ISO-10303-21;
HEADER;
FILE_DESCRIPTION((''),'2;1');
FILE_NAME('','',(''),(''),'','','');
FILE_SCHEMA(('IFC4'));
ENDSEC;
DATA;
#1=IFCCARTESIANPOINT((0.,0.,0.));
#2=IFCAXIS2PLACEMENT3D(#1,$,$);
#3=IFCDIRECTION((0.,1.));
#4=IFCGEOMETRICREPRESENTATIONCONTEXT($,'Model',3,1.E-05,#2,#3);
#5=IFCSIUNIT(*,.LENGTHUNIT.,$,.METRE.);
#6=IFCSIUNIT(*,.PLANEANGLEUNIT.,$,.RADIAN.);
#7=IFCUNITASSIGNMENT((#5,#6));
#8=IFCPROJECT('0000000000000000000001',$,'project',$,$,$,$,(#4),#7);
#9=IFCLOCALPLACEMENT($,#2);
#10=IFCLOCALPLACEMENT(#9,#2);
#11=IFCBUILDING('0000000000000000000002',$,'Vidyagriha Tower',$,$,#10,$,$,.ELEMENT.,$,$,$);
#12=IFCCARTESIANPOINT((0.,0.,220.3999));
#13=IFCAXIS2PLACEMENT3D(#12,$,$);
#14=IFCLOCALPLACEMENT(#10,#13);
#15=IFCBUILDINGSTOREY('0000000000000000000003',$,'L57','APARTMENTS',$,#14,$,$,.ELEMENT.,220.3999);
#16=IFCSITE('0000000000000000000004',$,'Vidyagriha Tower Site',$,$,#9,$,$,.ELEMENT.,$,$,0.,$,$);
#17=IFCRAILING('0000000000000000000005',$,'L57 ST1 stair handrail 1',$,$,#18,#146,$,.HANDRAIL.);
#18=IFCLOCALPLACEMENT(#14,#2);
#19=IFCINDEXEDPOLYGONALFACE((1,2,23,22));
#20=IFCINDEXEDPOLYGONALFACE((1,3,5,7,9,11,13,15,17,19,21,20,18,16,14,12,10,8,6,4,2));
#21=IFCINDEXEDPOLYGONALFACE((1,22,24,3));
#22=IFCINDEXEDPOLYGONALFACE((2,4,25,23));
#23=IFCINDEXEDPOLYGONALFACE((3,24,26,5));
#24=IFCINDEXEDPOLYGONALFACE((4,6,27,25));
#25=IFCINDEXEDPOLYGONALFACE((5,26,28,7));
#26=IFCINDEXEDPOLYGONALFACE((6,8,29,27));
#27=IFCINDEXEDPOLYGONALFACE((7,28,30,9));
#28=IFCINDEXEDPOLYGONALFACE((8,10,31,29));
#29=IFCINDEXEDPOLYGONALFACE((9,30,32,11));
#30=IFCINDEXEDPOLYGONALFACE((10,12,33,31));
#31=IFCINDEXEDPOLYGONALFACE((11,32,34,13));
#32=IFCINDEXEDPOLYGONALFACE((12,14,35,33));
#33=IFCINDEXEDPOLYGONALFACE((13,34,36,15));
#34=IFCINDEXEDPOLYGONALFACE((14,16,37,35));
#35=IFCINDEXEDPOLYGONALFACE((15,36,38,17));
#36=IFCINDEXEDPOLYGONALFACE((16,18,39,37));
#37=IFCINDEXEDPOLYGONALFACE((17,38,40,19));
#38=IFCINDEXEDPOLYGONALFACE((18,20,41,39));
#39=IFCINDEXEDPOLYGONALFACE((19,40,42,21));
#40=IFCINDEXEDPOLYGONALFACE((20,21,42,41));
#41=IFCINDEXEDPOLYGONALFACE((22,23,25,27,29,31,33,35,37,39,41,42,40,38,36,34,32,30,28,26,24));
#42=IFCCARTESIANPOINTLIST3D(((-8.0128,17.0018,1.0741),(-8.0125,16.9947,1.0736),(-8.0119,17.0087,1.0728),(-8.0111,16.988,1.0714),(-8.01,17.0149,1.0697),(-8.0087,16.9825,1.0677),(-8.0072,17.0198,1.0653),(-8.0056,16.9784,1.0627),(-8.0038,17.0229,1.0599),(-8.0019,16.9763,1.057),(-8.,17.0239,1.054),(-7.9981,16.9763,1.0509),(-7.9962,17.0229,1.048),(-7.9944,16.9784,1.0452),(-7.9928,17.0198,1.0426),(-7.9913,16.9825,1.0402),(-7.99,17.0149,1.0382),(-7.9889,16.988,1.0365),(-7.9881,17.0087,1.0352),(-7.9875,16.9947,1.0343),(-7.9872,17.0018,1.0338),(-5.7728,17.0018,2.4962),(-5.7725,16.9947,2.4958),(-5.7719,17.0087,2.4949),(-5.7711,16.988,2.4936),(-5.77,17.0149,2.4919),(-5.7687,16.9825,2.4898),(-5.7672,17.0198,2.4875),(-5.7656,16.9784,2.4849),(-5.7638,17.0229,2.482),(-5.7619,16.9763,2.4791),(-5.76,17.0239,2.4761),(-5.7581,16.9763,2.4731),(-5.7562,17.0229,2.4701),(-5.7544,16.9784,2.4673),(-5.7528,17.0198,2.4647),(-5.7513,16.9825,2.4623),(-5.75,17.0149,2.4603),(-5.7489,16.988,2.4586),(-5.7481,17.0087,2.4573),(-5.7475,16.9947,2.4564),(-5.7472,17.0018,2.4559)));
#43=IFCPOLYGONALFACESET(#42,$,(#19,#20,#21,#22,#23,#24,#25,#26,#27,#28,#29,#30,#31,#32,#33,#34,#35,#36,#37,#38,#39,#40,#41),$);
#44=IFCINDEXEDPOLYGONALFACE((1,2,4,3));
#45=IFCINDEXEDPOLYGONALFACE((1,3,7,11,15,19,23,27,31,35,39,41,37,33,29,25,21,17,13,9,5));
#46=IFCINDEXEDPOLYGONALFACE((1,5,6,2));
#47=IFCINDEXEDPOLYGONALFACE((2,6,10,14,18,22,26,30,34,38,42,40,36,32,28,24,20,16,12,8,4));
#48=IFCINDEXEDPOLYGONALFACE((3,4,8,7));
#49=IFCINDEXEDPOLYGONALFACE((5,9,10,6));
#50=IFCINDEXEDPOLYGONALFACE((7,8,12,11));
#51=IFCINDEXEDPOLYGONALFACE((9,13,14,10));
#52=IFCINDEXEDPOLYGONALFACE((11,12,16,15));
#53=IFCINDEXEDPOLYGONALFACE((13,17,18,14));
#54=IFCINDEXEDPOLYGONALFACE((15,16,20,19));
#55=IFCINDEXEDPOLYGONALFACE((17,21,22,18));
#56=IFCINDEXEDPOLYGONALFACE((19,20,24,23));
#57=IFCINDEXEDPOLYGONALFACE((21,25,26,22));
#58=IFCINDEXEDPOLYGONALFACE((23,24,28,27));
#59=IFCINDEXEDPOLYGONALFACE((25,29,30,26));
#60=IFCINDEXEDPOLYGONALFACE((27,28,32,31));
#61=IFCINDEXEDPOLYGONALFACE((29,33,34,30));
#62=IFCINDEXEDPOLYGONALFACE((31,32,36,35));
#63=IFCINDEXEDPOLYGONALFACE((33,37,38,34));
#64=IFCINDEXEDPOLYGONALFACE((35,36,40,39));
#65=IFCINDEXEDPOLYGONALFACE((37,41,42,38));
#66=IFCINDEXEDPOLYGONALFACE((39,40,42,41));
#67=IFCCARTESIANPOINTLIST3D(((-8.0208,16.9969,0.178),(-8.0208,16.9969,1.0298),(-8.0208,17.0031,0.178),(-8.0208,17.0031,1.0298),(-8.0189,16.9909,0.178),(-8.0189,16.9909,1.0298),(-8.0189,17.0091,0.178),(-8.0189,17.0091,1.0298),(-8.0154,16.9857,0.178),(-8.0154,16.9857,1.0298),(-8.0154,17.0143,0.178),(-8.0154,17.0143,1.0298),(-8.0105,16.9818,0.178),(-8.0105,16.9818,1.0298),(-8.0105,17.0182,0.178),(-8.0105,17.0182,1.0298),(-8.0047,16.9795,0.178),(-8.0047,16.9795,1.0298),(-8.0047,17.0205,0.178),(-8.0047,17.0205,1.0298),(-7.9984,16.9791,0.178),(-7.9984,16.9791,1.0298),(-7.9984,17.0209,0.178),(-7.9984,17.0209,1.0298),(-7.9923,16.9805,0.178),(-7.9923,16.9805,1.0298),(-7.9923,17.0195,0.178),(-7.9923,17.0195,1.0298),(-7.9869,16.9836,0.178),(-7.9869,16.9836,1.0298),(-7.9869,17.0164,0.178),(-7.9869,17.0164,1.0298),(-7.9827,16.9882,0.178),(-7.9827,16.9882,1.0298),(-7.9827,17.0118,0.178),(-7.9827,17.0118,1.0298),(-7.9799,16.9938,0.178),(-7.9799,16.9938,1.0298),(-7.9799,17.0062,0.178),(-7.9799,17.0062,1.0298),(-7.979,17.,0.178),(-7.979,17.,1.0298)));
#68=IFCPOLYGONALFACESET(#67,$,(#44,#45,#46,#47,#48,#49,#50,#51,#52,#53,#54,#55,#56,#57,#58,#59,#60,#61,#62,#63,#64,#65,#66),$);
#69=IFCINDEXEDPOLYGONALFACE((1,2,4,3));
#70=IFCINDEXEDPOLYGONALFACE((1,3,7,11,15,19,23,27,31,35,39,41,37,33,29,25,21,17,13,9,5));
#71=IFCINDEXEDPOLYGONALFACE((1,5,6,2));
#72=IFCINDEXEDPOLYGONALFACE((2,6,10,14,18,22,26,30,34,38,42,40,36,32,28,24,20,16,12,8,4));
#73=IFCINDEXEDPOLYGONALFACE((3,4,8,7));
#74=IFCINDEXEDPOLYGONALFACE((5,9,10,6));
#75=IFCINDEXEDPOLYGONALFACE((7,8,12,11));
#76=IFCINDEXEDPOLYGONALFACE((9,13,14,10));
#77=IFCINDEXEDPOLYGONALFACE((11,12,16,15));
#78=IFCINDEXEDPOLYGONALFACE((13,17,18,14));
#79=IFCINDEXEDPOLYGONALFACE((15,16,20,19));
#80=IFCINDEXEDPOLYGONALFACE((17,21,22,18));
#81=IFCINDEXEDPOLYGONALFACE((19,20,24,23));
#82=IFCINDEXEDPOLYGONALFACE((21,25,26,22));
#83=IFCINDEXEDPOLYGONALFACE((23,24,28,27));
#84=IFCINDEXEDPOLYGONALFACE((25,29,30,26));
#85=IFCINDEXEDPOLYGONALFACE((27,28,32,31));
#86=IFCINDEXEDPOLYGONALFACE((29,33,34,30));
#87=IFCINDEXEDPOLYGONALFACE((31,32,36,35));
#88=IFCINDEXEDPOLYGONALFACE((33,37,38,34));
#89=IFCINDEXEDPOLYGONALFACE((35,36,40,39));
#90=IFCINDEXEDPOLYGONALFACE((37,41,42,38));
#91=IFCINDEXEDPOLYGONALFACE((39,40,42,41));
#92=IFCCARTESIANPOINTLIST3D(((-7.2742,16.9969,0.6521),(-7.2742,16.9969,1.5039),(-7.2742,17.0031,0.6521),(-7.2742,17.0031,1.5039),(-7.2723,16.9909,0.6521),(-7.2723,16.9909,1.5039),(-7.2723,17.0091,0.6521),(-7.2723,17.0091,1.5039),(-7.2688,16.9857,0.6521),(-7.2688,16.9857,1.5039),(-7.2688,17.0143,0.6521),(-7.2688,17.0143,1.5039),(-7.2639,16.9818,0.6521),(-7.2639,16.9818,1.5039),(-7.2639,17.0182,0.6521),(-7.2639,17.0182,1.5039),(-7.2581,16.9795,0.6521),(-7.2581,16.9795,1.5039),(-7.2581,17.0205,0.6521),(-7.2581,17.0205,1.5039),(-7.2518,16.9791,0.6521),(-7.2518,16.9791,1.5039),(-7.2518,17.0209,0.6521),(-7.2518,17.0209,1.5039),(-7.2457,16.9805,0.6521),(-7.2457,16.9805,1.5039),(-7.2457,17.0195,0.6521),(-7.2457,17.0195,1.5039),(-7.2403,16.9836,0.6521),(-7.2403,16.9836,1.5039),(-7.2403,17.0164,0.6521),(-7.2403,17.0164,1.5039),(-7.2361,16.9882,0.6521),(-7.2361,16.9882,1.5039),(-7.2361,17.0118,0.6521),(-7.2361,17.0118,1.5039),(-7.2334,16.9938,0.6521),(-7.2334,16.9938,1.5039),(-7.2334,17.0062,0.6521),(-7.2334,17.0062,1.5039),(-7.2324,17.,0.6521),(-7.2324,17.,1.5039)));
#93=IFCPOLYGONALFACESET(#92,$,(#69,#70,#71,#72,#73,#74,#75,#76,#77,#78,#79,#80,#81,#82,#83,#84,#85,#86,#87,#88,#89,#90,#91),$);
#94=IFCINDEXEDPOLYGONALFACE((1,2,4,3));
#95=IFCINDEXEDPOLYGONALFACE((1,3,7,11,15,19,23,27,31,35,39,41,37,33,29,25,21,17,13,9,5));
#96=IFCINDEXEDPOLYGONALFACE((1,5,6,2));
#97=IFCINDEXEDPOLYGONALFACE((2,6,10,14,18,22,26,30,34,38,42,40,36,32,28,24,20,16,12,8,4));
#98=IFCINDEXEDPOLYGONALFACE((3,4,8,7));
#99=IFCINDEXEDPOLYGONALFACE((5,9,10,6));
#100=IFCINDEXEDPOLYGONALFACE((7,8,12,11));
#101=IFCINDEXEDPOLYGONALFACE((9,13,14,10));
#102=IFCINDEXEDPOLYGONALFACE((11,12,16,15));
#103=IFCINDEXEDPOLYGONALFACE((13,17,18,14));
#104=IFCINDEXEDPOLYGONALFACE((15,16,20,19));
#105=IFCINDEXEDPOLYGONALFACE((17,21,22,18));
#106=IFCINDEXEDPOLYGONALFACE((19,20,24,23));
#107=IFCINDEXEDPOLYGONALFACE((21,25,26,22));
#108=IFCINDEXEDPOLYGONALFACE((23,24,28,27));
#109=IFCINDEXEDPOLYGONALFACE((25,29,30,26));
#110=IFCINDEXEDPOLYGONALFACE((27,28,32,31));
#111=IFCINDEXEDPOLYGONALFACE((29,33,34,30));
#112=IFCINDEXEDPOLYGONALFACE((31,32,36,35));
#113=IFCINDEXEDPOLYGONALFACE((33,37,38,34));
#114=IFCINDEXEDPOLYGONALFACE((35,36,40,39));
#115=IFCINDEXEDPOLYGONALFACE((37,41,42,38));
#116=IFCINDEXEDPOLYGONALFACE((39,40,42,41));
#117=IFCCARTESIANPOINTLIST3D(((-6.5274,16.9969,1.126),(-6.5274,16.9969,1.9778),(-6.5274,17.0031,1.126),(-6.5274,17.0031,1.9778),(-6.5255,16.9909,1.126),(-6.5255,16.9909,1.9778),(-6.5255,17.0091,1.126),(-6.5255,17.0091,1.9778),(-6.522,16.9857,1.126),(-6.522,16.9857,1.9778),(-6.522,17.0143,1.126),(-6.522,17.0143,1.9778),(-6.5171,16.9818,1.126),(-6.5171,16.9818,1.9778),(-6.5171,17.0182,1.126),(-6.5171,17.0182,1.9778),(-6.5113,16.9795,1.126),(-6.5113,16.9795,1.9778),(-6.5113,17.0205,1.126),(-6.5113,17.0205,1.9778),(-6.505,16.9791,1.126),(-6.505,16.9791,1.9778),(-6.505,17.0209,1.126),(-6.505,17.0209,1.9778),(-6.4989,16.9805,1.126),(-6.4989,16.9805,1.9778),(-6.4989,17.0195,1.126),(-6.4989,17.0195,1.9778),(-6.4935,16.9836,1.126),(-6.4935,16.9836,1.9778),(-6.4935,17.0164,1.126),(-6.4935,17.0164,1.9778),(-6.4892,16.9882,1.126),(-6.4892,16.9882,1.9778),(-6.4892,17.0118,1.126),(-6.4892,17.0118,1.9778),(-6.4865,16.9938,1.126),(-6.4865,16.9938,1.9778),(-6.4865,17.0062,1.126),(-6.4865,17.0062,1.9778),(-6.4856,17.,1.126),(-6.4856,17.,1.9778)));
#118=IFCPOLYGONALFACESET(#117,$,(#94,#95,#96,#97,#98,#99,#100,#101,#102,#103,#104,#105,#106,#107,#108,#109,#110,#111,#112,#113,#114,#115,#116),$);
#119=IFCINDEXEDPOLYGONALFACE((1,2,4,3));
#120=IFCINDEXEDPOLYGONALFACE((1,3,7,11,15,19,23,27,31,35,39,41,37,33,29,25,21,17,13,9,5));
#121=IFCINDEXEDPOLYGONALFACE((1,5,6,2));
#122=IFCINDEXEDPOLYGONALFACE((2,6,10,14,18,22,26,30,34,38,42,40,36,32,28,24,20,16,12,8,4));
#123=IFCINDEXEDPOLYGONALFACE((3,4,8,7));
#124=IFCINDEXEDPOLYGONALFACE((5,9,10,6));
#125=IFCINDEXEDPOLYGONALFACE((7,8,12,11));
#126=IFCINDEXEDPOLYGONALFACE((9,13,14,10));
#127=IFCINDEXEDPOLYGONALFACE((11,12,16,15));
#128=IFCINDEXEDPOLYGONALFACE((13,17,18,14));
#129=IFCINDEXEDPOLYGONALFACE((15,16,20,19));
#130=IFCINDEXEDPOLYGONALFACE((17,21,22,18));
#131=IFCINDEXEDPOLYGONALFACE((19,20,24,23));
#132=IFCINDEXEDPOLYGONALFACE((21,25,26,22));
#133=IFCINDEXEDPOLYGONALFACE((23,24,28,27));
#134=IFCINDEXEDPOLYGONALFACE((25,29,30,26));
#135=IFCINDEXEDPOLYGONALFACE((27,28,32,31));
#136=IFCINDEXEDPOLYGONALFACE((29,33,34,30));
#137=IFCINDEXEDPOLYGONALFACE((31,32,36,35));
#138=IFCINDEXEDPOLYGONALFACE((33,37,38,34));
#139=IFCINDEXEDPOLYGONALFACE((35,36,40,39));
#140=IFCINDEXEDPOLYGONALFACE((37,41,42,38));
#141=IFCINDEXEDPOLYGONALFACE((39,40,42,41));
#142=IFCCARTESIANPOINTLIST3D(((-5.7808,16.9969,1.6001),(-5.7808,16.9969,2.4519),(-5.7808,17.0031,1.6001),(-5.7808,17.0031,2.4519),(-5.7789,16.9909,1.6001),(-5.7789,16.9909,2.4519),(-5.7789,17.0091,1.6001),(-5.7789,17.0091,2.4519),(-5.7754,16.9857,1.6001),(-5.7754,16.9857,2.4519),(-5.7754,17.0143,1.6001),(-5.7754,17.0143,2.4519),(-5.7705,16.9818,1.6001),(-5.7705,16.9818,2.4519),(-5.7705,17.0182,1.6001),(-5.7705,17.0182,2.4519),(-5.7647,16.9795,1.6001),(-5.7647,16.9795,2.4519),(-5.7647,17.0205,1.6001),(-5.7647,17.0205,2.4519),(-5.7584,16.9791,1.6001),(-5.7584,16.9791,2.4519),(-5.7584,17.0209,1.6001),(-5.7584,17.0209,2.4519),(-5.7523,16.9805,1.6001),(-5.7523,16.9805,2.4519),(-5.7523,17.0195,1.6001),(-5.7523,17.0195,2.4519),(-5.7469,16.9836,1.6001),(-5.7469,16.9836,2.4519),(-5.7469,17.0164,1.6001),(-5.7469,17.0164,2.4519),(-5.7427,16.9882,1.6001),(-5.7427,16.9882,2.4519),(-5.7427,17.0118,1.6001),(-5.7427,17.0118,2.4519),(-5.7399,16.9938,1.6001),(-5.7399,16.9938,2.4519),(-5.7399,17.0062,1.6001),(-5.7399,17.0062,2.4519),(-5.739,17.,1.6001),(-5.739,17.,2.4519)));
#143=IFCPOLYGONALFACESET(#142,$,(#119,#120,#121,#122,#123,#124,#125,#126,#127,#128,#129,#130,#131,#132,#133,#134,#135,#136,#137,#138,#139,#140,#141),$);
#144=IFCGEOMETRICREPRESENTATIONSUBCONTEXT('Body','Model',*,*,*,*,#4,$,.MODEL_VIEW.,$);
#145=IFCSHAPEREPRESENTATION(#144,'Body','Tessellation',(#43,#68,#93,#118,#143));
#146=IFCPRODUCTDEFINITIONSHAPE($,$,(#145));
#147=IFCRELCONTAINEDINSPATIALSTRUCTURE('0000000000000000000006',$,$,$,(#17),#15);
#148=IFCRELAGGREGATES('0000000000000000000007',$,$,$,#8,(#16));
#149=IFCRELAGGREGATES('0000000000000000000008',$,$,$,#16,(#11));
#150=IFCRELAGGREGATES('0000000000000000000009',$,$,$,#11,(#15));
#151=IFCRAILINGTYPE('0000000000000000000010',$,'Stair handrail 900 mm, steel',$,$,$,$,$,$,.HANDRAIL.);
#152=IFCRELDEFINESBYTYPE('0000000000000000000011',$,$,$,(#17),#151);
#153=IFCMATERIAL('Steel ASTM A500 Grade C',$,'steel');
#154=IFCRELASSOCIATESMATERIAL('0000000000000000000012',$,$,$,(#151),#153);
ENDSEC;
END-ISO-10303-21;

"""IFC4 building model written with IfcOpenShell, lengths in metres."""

from ifc_helpers import new_model, si_unit, direction, frame, origin, origin_2d, place, context, subcontext, project, spatial, circle, extrude, material, type_object, element, save


model = new_model("IFC4")

# Units and contexts
model_context = context("Model", 3, precision=1e-05, world=origin(), true_north=direction((0.0, 1.0)))
body_context = subcontext(model_context, "Body", "Model", "MODEL_VIEW")
ifc_project = project(units=[si_unit("LENGTHUNIT", "METRE"), si_unit("PLANEANGLEUNIT", "RADIAN")], contexts=[model_context])

# Site, building, storey
site_placement = place(None, origin())
site = spatial("IfcSite", under=ifc_project, at=site_placement, Name="Vidyagriha Tower Site", CompositionType="ELEMENT", RefElevation=0.0)
building_placement = place(site_placement, origin())
building = spatial("IfcBuilding", under=site, at=building_placement, Name="Vidyagriha Tower", CompositionType="ELEMENT")
storey_placement = place(building_placement, frame((0.0, 0.0, 220.3999)))
storey = spatial("IfcBuildingStorey", under=building, at=storey_placement, Name="L57", Description="APARTMENTS", CompositionType="ELEMENT", Elevation=220.3999)

# Railing
ifc_material_1 = material(Name="Steel ASTM A500 Grade C", Category="steel")
railing_type_1 = type_object("IfcRailingType", Name="Stair handrail 900 mm, steel", PredefinedType="HANDRAIL", material=ifc_material_1)
railing_1_placement = place(storey_placement, frame((-8.0, 17.0, 0.178)))
element("IfcRailing", 1, at=railing_1_placement, inside=storey, type_object=railing_type_1, Name="L57 ST1 stair handrail 1", PredefinedType="HANDRAIL", context=body_context, shape_type="SweptSolid", body=[
    extrude(circle(Radius=0.0239, at=origin_2d()), frame((0.0, 0.0, 0.876), z_axis=(0.844229, 0.0, 0.535982), x_axis=(0.0, 1.0, 0.0)), (0.0, 0.0, 1.0), 2.6533),
    extrude(circle(Radius=0.021, at=origin_2d()), origin(), (0.0, 0.0, 1.0), 0.8518),
    extrude(circle(Radius=0.021, at=origin_2d()), frame((0.7466, 0.0, 0.4741)), (0.0, 0.0, 1.0), 0.8518),
    extrude(circle(Radius=0.021, at=origin_2d()), frame((1.4934, 0.0, 0.948)), (0.0, 0.0, 1.0), 0.8518),
    extrude(circle(Radius=0.021, at=origin_2d()), frame((2.24, 0.0, 1.4221)), (0.0, 0.0, 1.0), 0.8518),
])

save(model, "model.ifc")
